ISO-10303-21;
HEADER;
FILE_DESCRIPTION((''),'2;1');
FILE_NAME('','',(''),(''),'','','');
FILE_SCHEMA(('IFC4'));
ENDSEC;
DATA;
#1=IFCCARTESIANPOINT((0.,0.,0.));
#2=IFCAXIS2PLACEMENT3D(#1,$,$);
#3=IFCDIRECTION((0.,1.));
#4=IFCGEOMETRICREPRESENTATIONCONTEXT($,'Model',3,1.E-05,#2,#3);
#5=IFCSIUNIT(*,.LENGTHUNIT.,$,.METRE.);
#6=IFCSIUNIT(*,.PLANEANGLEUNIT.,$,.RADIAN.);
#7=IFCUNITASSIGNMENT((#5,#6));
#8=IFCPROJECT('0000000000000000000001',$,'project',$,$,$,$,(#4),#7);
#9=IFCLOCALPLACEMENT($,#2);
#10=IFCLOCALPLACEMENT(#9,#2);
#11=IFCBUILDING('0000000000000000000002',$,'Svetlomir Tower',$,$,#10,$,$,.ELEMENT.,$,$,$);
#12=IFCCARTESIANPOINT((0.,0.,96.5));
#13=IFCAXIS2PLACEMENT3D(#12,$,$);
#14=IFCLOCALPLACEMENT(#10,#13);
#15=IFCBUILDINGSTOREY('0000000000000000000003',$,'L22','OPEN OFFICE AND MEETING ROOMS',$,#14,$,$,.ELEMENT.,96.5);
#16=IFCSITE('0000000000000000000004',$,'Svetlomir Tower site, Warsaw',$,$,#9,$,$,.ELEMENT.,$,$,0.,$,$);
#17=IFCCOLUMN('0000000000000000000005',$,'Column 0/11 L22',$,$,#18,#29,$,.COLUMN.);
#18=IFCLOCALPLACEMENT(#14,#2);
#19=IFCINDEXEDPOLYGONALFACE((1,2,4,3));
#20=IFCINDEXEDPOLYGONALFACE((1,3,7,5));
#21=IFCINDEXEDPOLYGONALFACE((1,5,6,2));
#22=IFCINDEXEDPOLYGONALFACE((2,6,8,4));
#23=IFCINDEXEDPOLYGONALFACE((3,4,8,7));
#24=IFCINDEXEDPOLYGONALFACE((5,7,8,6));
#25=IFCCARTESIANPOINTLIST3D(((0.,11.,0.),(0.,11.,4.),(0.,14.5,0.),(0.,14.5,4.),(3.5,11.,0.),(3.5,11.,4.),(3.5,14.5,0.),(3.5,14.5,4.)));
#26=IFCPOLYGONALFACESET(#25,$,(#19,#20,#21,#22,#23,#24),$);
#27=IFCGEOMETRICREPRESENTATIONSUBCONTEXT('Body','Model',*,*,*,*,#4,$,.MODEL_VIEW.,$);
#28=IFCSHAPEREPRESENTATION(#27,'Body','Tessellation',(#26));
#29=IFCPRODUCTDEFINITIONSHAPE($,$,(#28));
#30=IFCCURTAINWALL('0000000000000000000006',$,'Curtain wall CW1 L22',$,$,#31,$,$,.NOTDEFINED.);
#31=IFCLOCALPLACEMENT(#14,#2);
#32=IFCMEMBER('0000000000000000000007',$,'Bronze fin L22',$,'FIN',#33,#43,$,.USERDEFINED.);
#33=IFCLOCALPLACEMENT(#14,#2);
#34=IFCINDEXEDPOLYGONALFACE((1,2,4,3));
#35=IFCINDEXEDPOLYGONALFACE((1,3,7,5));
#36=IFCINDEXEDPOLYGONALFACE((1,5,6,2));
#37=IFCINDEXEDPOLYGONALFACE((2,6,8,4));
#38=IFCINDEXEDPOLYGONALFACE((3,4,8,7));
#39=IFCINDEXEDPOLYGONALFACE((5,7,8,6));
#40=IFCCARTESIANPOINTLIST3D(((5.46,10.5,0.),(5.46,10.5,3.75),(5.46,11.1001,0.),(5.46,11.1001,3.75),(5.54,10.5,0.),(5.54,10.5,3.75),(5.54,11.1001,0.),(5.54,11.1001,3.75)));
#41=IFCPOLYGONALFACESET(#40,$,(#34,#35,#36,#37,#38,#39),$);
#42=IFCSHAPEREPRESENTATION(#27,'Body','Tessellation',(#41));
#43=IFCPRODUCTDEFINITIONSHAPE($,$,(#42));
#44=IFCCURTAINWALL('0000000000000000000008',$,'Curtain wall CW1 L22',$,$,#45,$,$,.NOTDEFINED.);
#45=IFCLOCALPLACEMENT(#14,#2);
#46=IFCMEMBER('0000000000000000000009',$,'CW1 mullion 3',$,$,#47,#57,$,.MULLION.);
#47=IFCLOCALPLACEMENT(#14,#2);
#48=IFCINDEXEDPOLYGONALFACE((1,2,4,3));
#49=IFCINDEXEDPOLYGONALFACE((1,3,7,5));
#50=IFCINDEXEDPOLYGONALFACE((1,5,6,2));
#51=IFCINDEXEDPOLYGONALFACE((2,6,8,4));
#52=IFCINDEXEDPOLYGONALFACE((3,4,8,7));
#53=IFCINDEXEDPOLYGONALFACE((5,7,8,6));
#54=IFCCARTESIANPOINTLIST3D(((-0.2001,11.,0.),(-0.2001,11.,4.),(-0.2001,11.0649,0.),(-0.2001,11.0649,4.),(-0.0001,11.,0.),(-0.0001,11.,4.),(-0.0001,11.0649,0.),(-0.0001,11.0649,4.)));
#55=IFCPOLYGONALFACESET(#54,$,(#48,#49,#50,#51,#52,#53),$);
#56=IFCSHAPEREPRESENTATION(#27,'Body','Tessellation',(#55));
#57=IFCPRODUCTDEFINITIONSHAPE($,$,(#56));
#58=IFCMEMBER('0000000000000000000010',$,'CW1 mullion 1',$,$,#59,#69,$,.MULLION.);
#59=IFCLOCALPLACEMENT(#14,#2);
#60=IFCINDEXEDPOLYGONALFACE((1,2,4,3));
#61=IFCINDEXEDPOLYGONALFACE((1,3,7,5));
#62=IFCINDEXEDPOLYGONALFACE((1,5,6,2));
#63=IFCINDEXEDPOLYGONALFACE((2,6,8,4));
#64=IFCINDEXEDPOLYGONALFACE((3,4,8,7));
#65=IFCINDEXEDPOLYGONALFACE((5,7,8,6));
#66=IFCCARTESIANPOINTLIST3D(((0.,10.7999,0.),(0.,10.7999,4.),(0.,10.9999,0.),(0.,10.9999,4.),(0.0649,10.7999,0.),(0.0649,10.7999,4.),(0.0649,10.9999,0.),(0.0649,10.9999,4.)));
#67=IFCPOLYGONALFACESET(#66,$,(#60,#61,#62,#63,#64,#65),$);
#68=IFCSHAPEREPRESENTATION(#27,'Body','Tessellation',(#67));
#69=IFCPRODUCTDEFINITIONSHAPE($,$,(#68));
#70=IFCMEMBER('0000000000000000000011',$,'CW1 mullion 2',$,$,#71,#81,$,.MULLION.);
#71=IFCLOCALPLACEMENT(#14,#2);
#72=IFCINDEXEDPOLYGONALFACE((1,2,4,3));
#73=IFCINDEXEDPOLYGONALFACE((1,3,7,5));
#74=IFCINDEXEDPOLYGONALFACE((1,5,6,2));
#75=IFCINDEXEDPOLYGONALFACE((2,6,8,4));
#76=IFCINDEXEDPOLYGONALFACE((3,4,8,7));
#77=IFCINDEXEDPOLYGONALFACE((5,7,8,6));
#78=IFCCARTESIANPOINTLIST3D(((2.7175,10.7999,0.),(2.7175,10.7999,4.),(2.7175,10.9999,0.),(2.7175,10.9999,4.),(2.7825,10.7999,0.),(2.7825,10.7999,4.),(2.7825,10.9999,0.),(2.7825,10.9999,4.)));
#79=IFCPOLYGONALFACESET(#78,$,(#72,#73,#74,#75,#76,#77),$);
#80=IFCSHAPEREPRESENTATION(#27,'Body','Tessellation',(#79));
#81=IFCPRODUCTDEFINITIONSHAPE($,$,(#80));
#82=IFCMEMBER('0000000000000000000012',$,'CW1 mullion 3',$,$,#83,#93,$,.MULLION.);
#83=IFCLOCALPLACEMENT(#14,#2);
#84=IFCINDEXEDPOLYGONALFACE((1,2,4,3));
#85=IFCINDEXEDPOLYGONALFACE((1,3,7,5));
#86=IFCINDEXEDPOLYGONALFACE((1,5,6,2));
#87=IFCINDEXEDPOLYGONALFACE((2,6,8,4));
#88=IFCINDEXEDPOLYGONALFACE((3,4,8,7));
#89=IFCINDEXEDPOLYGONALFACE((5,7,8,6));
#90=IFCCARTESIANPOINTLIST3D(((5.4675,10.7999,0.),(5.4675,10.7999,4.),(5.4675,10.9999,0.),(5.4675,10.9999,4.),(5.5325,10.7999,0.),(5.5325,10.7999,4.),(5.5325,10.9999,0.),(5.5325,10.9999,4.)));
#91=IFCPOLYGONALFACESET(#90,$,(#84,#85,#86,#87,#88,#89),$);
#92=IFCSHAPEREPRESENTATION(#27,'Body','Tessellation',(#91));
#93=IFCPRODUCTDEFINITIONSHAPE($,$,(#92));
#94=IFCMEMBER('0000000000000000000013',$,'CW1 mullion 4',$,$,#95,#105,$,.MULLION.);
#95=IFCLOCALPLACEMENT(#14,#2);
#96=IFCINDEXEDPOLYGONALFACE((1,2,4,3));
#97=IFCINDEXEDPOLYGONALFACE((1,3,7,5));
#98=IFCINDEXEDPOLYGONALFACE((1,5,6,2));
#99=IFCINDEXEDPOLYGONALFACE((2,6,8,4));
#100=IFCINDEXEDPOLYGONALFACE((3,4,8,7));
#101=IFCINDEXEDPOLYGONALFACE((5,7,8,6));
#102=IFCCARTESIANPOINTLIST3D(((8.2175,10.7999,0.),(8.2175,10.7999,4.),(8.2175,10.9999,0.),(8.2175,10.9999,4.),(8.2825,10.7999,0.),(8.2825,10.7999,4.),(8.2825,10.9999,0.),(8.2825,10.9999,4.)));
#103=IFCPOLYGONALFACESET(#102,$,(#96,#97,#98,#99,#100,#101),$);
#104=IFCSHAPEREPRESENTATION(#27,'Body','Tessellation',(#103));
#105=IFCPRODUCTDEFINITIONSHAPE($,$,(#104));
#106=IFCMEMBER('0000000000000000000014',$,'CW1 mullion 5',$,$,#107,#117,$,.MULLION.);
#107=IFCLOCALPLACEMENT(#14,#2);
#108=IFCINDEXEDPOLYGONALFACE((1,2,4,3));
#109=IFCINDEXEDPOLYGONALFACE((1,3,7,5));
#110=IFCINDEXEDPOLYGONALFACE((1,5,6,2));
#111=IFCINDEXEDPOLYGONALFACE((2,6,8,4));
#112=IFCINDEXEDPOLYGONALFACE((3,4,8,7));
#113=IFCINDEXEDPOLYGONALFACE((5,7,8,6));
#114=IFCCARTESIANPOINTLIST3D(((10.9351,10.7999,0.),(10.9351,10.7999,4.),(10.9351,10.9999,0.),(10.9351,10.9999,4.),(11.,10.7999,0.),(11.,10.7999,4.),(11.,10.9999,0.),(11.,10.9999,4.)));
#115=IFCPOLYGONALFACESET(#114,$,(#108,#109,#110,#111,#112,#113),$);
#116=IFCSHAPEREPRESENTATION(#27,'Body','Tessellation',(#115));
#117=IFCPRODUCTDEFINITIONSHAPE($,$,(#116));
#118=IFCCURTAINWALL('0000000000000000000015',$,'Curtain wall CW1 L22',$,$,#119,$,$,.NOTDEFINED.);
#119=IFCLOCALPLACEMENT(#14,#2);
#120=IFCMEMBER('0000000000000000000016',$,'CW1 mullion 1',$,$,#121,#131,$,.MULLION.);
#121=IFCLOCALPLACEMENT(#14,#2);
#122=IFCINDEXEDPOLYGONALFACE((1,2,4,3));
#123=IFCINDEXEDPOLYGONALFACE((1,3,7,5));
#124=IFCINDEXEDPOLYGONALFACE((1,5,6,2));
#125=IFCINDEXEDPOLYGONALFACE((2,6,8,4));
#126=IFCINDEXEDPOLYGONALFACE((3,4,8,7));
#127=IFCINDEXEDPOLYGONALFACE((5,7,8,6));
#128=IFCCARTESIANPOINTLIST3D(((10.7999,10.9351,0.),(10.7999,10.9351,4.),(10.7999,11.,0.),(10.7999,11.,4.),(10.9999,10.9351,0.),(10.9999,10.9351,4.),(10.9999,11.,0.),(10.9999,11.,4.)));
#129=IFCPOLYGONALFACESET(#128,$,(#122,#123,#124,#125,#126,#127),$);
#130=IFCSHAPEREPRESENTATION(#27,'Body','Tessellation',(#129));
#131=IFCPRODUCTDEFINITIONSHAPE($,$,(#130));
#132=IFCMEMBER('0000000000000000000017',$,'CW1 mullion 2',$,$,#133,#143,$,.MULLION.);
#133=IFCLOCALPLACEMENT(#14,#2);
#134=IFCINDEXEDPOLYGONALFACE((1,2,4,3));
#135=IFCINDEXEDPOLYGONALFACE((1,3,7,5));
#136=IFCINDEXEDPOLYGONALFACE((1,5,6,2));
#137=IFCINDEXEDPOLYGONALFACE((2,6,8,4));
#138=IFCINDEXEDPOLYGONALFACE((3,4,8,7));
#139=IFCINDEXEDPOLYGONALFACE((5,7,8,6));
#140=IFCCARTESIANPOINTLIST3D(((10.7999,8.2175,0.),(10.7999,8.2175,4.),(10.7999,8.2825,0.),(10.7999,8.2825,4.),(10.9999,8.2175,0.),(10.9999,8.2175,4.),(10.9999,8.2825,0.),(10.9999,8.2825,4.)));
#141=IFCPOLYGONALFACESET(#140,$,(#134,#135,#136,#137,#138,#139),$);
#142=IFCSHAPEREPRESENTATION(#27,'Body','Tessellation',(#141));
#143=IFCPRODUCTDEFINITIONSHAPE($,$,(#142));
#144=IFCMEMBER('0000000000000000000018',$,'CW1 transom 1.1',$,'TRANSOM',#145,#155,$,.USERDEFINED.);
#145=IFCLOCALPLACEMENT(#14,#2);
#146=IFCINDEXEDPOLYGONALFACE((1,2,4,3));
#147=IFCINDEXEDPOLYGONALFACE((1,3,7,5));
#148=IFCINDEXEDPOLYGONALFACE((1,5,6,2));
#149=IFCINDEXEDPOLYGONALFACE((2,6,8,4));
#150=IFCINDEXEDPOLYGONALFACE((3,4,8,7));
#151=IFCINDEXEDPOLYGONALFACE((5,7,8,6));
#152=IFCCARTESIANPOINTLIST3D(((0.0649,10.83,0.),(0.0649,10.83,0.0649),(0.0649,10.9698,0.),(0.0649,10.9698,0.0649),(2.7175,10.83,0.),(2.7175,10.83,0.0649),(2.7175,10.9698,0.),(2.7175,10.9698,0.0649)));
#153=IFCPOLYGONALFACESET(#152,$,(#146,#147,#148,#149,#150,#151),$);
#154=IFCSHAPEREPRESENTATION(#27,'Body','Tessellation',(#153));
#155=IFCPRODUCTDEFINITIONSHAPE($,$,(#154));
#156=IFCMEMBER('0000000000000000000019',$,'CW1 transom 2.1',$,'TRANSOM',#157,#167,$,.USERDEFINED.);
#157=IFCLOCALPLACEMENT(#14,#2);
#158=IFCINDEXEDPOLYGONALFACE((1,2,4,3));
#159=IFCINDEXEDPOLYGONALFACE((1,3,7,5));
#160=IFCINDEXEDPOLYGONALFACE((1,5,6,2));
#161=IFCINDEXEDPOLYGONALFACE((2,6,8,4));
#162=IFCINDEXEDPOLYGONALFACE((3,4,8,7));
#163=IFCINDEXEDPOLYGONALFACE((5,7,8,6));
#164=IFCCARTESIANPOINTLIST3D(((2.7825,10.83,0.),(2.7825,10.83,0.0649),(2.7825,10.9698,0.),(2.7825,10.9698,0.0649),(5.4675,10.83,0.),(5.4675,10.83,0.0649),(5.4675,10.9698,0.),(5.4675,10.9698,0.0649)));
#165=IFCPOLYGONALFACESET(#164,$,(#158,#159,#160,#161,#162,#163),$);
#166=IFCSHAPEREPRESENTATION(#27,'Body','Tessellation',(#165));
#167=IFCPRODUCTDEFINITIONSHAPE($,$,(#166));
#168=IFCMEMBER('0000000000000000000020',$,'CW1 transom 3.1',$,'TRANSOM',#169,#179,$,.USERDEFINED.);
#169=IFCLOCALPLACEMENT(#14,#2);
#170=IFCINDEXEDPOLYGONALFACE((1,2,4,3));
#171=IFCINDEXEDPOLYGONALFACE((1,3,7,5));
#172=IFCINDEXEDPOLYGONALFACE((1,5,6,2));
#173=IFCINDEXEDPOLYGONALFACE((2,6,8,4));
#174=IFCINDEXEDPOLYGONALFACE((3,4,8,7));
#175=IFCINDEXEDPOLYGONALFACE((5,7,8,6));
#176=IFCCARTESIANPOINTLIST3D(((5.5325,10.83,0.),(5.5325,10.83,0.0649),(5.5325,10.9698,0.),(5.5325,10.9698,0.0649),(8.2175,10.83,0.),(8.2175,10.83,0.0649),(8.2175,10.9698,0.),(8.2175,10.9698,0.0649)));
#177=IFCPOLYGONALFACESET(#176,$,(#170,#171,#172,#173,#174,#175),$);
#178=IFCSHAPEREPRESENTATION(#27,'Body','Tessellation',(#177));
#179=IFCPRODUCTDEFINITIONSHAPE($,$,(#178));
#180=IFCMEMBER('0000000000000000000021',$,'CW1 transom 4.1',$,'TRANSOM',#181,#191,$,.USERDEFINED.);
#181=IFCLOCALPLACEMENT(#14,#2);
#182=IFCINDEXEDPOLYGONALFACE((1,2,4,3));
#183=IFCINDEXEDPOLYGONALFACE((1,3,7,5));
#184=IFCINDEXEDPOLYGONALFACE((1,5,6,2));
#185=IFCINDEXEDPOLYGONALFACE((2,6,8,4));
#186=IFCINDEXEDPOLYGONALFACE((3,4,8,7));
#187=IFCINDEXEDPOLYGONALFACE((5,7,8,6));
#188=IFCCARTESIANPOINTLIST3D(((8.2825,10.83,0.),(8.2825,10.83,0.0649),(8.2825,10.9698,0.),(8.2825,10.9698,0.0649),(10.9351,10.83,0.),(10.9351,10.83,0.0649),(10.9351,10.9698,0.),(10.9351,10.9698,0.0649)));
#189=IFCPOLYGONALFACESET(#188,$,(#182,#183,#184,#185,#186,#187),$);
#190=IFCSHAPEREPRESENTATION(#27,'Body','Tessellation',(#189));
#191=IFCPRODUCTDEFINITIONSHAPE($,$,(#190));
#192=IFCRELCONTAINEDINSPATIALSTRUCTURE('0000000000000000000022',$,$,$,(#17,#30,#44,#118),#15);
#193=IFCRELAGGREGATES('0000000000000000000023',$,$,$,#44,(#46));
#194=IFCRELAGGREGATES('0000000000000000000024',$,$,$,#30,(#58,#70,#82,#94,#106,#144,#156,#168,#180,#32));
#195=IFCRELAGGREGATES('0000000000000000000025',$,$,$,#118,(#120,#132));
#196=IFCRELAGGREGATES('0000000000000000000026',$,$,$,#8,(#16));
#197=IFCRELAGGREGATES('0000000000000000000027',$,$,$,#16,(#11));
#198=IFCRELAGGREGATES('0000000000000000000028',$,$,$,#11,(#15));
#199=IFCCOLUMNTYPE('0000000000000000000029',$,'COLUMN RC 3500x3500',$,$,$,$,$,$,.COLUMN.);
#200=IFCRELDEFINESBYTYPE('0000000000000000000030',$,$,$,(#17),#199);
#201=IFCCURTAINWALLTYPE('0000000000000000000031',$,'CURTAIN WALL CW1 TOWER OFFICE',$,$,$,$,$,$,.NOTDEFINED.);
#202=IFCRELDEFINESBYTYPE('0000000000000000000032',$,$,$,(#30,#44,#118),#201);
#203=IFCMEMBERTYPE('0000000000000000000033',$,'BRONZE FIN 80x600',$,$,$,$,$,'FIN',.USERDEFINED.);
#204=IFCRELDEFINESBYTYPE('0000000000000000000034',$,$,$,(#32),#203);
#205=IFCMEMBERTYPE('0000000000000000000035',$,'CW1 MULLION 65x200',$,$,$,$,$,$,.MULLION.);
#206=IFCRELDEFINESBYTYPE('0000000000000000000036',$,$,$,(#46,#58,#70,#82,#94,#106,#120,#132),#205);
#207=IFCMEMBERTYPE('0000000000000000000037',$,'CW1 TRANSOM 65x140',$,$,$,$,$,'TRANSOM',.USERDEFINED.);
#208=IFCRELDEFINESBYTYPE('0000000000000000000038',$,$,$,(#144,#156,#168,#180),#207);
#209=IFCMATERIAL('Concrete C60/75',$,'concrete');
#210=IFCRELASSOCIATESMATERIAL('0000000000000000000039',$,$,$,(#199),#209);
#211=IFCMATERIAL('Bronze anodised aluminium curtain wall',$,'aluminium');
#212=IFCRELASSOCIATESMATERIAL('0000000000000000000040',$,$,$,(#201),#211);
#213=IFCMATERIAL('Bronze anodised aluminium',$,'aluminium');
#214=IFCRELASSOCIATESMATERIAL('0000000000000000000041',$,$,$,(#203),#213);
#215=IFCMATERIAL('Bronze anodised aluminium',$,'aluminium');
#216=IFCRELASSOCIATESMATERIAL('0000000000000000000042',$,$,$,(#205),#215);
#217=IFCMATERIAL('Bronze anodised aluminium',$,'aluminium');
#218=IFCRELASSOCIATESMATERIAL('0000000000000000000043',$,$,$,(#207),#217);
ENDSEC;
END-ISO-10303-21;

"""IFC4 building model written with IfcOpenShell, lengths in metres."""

from ifc_helpers import new_model, si_unit, direction, frame, origin, origin_2d, place, context, subcontext, project, spatial, rectangle, extrude, material, material_profile, profile_set, type_object, element, aggregate, save


model = new_model("IFC4")

# Units and contexts
model_context = context("Model", 3, precision=1e-05, world=origin(), true_north=direction((0.0, 1.0)))
body_context = subcontext(model_context, "Body", "Model", "MODEL_VIEW")
ifc_project = project(units=[si_unit("LENGTHUNIT", "METRE"), si_unit("PLANEANGLEUNIT", "RADIAN")], contexts=[model_context])

# Site, building, storey
site_placement = place(None, origin())
site = spatial("IfcSite", under=ifc_project, at=site_placement, Name="Svetlomir Tower site, Warsaw", CompositionType="ELEMENT", RefElevation=0.0)
building_placement = place(site_placement, origin())
building = spatial("IfcBuilding", under=site, at=building_placement, Name="Svetlomir Tower", CompositionType="ELEMENT")
storey_placement = place(building_placement, frame((0.0, 0.0, 96.5)))
storey = spatial("IfcBuildingStorey", under=building, at=storey_placement, Name="L22", Description="OPEN OFFICE AND MEETING ROOMS", CompositionType="ELEMENT", Elevation=96.5)

# Column
ifc_material_1 = material(Name="Concrete C60/75", Category="concrete")
ifc_material_profile_1 = material_profile(ifc_material_1, rectangle(XDim=3.5, YDim=3.5, at=origin_2d()), Name="RC 3500x3500")
ifc_profile_set_1 = profile_set([ifc_material_profile_1], Name="Concrete C60/75")
column_type = type_object("IfcColumnType", Name="COLUMN RC 3500x3500", PredefinedType="COLUMN", material=ifc_profile_set_1)
column_placement = place(storey_placement, frame((1.75, 12.75, 0.0), z_axis=(0.0, 0.0, 1.0), x_axis=(1.0, 0.0, 0.0)))
element("IfcColumn", 1, at=column_placement, inside=storey, type_object=column_type, Name="Column 0/11 L22", PredefinedType="COLUMN", context=body_context, shape_type="SweptSolid", body=[
    extrude(rectangle(XDim=3.5, YDim=3.5, at=origin_2d()), origin(), (0.0, 0.0, 1.0), 4.0),
])

# Curtain walls, members
ifc_material_2 = material(Name="Bronze anodised aluminium curtain wall", Category="aluminium")
curtain_wall_type = type_object("IfcCurtainWallType", Name="CURTAIN WALL CW1 TOWER OFFICE", PredefinedType="NOTDEFINED", material=ifc_material_2)
curtain_wall_1_placement = place(storey_placement, origin())
curtain_wall_1 = element("IfcCurtainWall", 2, at=curtain_wall_1_placement, inside=storey, type_object=curtain_wall_type, Name="Curtain wall CW1 L22", PredefinedType="NOTDEFINED")
ifc_material_3 = material(Name="Bronze anodised aluminium", Category="aluminium")
ifc_material_profile_2 = material_profile(ifc_material_3, rectangle(XDim=0.0801, YDim=0.6001, at=origin_2d()), Name="FIN 80x600")
ifc_profile_set_2 = profile_set([ifc_material_profile_2], Name="Bronze anodised aluminium 6063-T6")
member_type_1 = type_object("IfcMemberType", Name="BRONZE FIN 80x600", ElementType="FIN", PredefinedType="USERDEFINED", material=ifc_profile_set_2)
member_1_placement = place(storey_placement, frame((5.5, 10.8, 0.0), z_axis=(0.0, 0.0, 1.0), x_axis=(1.0, 0.0, 0.0)))
member_1 = element("IfcMember", 3, at=member_1_placement, type_object=member_type_1, Name="Bronze fin L22", ObjectType="FIN", PredefinedType="USERDEFINED", context=body_context, shape_type="SweptSolid", body=[
    extrude(rectangle(XDim=0.0801, YDim=0.6001, at=origin_2d()), origin(), (0.0, 0.0, 1.0), 3.75),
])
curtain_wall_2_placement = place(storey_placement, origin())
curtain_wall_2 = element("IfcCurtainWall", 4, at=curtain_wall_2_placement, inside=storey, type_object=curtain_wall_type, Name="Curtain wall CW1 L22", PredefinedType="NOTDEFINED")
ifc_material_4 = material(Name="Bronze anodised aluminium", Category="aluminium")
ifc_material_profile_3 = material_profile(ifc_material_4, rectangle(XDim=0.0649, YDim=0.2, at=origin_2d()), Name="AL 65x200")
ifc_profile_set_3 = profile_set([ifc_material_profile_3], Name="Bronze anodised aluminium 6063-T6")
member_type_2 = type_object("IfcMemberType", Name="CW1 MULLION 65x200", PredefinedType="MULLION", material=ifc_profile_set_3)
member_2_placement = place(storey_placement, frame((-0.1001, 11.0325, 0.0), z_axis=(0.0, 0.0, 1.0), x_axis=(0.0, -1.0, 0.0)))
member_2 = element("IfcMember", 5, at=member_2_placement, type_object=member_type_2, Name="CW1 mullion 3", PredefinedType="MULLION", context=body_context, shape_type="SweptSolid", body=[
    extrude(rectangle(XDim=0.0649, YDim=0.2, at=origin_2d()), origin(), (0.0, 0.0, 1.0), 4.0),
])

# Members
member_3_placement = place(storey_placement, frame((0.0325, 10.8999, 0.0), z_axis=(0.0, 0.0, 1.0), x_axis=(1.0, 0.0, 0.0)))
member_3 = element("IfcMember", 6, at=member_3_placement, type_object=member_type_2, Name="CW1 mullion 1", PredefinedType="MULLION", context=body_context, shape_type="SweptSolid", body=[
    extrude(rectangle(XDim=0.0649, YDim=0.2, at=origin_2d()), origin(), (0.0, 0.0, 1.0), 4.0),
])
member_4_placement = place(storey_placement, frame((2.75, 10.8999, 0.0), z_axis=(0.0, 0.0, 1.0), x_axis=(1.0, 0.0, 0.0)))
member_4 = element("IfcMember", 7, at=member_4_placement, type_object=member_type_2, Name="CW1 mullion 2", PredefinedType="MULLION", context=body_context, shape_type="SweptSolid", body=[
    extrude(rectangle(XDim=0.0649, YDim=0.2, at=origin_2d()), origin(), (0.0, 0.0, 1.0), 4.0),
])
member_5_placement = place(storey_placement, frame((5.5, 10.8999, 0.0), z_axis=(0.0, 0.0, 1.0), x_axis=(1.0, 0.0, 0.0)))
member_5 = element("IfcMember", 8, at=member_5_placement, type_object=member_type_2, Name="CW1 mullion 3", PredefinedType="MULLION", context=body_context, shape_type="SweptSolid", body=[
    extrude(rectangle(XDim=0.0649, YDim=0.2, at=origin_2d()), origin(), (0.0, 0.0, 1.0), 4.0),
])
member_6_placement = place(storey_placement, frame((8.25, 10.8999, 0.0), z_axis=(0.0, 0.0, 1.0), x_axis=(1.0, 0.0, 0.0)))
member_6 = element("IfcMember", 9, at=member_6_placement, type_object=member_type_2, Name="CW1 mullion 4", PredefinedType="MULLION", context=body_context, shape_type="SweptSolid", body=[
    extrude(rectangle(XDim=0.0649, YDim=0.2, at=origin_2d()), origin(), (0.0, 0.0, 1.0), 4.0),
])
member_7_placement = place(storey_placement, frame((10.9675, 10.8999, 0.0), z_axis=(0.0, 0.0, 1.0), x_axis=(1.0, 0.0, 0.0)))
member_7 = element("IfcMember", 10, at=member_7_placement, type_object=member_type_2, Name="CW1 mullion 5", PredefinedType="MULLION", context=body_context, shape_type="SweptSolid", body=[
    extrude(rectangle(XDim=0.0649, YDim=0.2, at=origin_2d()), origin(), (0.0, 0.0, 1.0), 4.0),
])

# Curtain wall, members
curtain_wall_3_placement = place(storey_placement, origin())
curtain_wall_3 = element("IfcCurtainWall", 11, at=curtain_wall_3_placement, inside=storey, type_object=curtain_wall_type, Name="Curtain wall CW1 L22", PredefinedType="NOTDEFINED")
member_8_placement = place(storey_placement, frame((10.8999, 10.9675, 0.0), z_axis=(0.0, 0.0, 1.0), x_axis=(0.0, -1.0, 0.0)))
member_8 = element("IfcMember", 12, at=member_8_placement, type_object=member_type_2, Name="CW1 mullion 1", PredefinedType="MULLION", context=body_context, shape_type="SweptSolid", body=[
    extrude(rectangle(XDim=0.0649, YDim=0.2, at=origin_2d()), origin(), (0.0, 0.0, 1.0), 4.0),
])
member_9_placement = place(storey_placement, frame((10.8999, 8.25, 0.0), z_axis=(0.0, 0.0, 1.0), x_axis=(0.0, -1.0, 0.0)))
member_9 = element("IfcMember", 13, at=member_9_placement, type_object=member_type_2, Name="CW1 mullion 2", PredefinedType="MULLION", context=body_context, shape_type="SweptSolid", body=[
    extrude(rectangle(XDim=0.0649, YDim=0.2, at=origin_2d()), origin(), (0.0, 0.0, 1.0), 4.0),
])

# Members
ifc_material_5 = material(Name="Bronze anodised aluminium", Category="aluminium")
ifc_material_profile_4 = material_profile(ifc_material_5, rectangle(XDim=0.1399, YDim=0.0649, at=origin_2d()), Name="AL 140x65")
ifc_profile_set_4 = profile_set([ifc_material_profile_4], Name="Bronze anodised aluminium 6063-T6")
member_type_3 = type_object("IfcMemberType", Name="CW1 TRANSOM 65x140", ElementType="TRANSOM", PredefinedType="USERDEFINED", material=ifc_profile_set_4)
member_10_placement = place(storey_placement, frame((0.0649, 10.8999, 0.0325), z_axis=(1.0, 0.0, 0.0), x_axis=(0.0, 1.0, 0.0)))
member_10 = element("IfcMember", 14, at=member_10_placement, type_object=member_type_3, Name="CW1 transom 1.1", ObjectType="TRANSOM", PredefinedType="USERDEFINED", context=body_context, shape_type="SweptSolid", body=[
    extrude(rectangle(XDim=0.1399, YDim=0.0649, at=origin_2d()), origin(), (0.0, 0.0, 1.0), 2.6526),
])
member_11_placement = place(storey_placement, frame((2.7825, 10.8999, 0.0325), z_axis=(1.0, 0.0, 0.0), x_axis=(0.0, 1.0, 0.0)))
member_11 = element("IfcMember", 15, at=member_11_placement, type_object=member_type_3, Name="CW1 transom 2.1", ObjectType="TRANSOM", PredefinedType="USERDEFINED", context=body_context, shape_type="SweptSolid", body=[
    extrude(rectangle(XDim=0.1399, YDim=0.0649, at=origin_2d()), origin(), (0.0, 0.0, 1.0), 2.6851),
])
member_12_placement = place(storey_placement, frame((5.5325, 10.8999, 0.0325), z_axis=(1.0, 0.0, 0.0), x_axis=(0.0, 1.0, 0.0)))
member_12 = element("IfcMember", 16, at=member_12_placement, type_object=member_type_3, Name="CW1 transom 3.1", ObjectType="TRANSOM", PredefinedType="USERDEFINED", context=body_context, shape_type="SweptSolid", body=[
    extrude(rectangle(XDim=0.1399, YDim=0.0649, at=origin_2d()), origin(), (0.0, 0.0, 1.0), 2.6851),
])
member_13_placement = place(storey_placement, frame((8.2825, 10.8999, 0.0325), z_axis=(1.0, 0.0, 0.0), x_axis=(0.0, 1.0, 0.0)))
member_13 = element("IfcMember", 17, at=member_13_placement, type_object=member_type_3, Name="CW1 transom 4.1", ObjectType="TRANSOM", PredefinedType="USERDEFINED", context=body_context, shape_type="SweptSolid", body=[
    extrude(rectangle(XDim=0.1399, YDim=0.0649, at=origin_2d()), origin(), (0.0, 0.0, 1.0), 2.6526),
])

aggregate(curtain_wall_2, [member_2])
aggregate(curtain_wall_1, [member_3, member_4, member_5, member_6, member_7, member_10, member_11, member_12, member_13, member_1])
aggregate(curtain_wall_3, [member_8, member_9])

save(model, "model.ifc")
